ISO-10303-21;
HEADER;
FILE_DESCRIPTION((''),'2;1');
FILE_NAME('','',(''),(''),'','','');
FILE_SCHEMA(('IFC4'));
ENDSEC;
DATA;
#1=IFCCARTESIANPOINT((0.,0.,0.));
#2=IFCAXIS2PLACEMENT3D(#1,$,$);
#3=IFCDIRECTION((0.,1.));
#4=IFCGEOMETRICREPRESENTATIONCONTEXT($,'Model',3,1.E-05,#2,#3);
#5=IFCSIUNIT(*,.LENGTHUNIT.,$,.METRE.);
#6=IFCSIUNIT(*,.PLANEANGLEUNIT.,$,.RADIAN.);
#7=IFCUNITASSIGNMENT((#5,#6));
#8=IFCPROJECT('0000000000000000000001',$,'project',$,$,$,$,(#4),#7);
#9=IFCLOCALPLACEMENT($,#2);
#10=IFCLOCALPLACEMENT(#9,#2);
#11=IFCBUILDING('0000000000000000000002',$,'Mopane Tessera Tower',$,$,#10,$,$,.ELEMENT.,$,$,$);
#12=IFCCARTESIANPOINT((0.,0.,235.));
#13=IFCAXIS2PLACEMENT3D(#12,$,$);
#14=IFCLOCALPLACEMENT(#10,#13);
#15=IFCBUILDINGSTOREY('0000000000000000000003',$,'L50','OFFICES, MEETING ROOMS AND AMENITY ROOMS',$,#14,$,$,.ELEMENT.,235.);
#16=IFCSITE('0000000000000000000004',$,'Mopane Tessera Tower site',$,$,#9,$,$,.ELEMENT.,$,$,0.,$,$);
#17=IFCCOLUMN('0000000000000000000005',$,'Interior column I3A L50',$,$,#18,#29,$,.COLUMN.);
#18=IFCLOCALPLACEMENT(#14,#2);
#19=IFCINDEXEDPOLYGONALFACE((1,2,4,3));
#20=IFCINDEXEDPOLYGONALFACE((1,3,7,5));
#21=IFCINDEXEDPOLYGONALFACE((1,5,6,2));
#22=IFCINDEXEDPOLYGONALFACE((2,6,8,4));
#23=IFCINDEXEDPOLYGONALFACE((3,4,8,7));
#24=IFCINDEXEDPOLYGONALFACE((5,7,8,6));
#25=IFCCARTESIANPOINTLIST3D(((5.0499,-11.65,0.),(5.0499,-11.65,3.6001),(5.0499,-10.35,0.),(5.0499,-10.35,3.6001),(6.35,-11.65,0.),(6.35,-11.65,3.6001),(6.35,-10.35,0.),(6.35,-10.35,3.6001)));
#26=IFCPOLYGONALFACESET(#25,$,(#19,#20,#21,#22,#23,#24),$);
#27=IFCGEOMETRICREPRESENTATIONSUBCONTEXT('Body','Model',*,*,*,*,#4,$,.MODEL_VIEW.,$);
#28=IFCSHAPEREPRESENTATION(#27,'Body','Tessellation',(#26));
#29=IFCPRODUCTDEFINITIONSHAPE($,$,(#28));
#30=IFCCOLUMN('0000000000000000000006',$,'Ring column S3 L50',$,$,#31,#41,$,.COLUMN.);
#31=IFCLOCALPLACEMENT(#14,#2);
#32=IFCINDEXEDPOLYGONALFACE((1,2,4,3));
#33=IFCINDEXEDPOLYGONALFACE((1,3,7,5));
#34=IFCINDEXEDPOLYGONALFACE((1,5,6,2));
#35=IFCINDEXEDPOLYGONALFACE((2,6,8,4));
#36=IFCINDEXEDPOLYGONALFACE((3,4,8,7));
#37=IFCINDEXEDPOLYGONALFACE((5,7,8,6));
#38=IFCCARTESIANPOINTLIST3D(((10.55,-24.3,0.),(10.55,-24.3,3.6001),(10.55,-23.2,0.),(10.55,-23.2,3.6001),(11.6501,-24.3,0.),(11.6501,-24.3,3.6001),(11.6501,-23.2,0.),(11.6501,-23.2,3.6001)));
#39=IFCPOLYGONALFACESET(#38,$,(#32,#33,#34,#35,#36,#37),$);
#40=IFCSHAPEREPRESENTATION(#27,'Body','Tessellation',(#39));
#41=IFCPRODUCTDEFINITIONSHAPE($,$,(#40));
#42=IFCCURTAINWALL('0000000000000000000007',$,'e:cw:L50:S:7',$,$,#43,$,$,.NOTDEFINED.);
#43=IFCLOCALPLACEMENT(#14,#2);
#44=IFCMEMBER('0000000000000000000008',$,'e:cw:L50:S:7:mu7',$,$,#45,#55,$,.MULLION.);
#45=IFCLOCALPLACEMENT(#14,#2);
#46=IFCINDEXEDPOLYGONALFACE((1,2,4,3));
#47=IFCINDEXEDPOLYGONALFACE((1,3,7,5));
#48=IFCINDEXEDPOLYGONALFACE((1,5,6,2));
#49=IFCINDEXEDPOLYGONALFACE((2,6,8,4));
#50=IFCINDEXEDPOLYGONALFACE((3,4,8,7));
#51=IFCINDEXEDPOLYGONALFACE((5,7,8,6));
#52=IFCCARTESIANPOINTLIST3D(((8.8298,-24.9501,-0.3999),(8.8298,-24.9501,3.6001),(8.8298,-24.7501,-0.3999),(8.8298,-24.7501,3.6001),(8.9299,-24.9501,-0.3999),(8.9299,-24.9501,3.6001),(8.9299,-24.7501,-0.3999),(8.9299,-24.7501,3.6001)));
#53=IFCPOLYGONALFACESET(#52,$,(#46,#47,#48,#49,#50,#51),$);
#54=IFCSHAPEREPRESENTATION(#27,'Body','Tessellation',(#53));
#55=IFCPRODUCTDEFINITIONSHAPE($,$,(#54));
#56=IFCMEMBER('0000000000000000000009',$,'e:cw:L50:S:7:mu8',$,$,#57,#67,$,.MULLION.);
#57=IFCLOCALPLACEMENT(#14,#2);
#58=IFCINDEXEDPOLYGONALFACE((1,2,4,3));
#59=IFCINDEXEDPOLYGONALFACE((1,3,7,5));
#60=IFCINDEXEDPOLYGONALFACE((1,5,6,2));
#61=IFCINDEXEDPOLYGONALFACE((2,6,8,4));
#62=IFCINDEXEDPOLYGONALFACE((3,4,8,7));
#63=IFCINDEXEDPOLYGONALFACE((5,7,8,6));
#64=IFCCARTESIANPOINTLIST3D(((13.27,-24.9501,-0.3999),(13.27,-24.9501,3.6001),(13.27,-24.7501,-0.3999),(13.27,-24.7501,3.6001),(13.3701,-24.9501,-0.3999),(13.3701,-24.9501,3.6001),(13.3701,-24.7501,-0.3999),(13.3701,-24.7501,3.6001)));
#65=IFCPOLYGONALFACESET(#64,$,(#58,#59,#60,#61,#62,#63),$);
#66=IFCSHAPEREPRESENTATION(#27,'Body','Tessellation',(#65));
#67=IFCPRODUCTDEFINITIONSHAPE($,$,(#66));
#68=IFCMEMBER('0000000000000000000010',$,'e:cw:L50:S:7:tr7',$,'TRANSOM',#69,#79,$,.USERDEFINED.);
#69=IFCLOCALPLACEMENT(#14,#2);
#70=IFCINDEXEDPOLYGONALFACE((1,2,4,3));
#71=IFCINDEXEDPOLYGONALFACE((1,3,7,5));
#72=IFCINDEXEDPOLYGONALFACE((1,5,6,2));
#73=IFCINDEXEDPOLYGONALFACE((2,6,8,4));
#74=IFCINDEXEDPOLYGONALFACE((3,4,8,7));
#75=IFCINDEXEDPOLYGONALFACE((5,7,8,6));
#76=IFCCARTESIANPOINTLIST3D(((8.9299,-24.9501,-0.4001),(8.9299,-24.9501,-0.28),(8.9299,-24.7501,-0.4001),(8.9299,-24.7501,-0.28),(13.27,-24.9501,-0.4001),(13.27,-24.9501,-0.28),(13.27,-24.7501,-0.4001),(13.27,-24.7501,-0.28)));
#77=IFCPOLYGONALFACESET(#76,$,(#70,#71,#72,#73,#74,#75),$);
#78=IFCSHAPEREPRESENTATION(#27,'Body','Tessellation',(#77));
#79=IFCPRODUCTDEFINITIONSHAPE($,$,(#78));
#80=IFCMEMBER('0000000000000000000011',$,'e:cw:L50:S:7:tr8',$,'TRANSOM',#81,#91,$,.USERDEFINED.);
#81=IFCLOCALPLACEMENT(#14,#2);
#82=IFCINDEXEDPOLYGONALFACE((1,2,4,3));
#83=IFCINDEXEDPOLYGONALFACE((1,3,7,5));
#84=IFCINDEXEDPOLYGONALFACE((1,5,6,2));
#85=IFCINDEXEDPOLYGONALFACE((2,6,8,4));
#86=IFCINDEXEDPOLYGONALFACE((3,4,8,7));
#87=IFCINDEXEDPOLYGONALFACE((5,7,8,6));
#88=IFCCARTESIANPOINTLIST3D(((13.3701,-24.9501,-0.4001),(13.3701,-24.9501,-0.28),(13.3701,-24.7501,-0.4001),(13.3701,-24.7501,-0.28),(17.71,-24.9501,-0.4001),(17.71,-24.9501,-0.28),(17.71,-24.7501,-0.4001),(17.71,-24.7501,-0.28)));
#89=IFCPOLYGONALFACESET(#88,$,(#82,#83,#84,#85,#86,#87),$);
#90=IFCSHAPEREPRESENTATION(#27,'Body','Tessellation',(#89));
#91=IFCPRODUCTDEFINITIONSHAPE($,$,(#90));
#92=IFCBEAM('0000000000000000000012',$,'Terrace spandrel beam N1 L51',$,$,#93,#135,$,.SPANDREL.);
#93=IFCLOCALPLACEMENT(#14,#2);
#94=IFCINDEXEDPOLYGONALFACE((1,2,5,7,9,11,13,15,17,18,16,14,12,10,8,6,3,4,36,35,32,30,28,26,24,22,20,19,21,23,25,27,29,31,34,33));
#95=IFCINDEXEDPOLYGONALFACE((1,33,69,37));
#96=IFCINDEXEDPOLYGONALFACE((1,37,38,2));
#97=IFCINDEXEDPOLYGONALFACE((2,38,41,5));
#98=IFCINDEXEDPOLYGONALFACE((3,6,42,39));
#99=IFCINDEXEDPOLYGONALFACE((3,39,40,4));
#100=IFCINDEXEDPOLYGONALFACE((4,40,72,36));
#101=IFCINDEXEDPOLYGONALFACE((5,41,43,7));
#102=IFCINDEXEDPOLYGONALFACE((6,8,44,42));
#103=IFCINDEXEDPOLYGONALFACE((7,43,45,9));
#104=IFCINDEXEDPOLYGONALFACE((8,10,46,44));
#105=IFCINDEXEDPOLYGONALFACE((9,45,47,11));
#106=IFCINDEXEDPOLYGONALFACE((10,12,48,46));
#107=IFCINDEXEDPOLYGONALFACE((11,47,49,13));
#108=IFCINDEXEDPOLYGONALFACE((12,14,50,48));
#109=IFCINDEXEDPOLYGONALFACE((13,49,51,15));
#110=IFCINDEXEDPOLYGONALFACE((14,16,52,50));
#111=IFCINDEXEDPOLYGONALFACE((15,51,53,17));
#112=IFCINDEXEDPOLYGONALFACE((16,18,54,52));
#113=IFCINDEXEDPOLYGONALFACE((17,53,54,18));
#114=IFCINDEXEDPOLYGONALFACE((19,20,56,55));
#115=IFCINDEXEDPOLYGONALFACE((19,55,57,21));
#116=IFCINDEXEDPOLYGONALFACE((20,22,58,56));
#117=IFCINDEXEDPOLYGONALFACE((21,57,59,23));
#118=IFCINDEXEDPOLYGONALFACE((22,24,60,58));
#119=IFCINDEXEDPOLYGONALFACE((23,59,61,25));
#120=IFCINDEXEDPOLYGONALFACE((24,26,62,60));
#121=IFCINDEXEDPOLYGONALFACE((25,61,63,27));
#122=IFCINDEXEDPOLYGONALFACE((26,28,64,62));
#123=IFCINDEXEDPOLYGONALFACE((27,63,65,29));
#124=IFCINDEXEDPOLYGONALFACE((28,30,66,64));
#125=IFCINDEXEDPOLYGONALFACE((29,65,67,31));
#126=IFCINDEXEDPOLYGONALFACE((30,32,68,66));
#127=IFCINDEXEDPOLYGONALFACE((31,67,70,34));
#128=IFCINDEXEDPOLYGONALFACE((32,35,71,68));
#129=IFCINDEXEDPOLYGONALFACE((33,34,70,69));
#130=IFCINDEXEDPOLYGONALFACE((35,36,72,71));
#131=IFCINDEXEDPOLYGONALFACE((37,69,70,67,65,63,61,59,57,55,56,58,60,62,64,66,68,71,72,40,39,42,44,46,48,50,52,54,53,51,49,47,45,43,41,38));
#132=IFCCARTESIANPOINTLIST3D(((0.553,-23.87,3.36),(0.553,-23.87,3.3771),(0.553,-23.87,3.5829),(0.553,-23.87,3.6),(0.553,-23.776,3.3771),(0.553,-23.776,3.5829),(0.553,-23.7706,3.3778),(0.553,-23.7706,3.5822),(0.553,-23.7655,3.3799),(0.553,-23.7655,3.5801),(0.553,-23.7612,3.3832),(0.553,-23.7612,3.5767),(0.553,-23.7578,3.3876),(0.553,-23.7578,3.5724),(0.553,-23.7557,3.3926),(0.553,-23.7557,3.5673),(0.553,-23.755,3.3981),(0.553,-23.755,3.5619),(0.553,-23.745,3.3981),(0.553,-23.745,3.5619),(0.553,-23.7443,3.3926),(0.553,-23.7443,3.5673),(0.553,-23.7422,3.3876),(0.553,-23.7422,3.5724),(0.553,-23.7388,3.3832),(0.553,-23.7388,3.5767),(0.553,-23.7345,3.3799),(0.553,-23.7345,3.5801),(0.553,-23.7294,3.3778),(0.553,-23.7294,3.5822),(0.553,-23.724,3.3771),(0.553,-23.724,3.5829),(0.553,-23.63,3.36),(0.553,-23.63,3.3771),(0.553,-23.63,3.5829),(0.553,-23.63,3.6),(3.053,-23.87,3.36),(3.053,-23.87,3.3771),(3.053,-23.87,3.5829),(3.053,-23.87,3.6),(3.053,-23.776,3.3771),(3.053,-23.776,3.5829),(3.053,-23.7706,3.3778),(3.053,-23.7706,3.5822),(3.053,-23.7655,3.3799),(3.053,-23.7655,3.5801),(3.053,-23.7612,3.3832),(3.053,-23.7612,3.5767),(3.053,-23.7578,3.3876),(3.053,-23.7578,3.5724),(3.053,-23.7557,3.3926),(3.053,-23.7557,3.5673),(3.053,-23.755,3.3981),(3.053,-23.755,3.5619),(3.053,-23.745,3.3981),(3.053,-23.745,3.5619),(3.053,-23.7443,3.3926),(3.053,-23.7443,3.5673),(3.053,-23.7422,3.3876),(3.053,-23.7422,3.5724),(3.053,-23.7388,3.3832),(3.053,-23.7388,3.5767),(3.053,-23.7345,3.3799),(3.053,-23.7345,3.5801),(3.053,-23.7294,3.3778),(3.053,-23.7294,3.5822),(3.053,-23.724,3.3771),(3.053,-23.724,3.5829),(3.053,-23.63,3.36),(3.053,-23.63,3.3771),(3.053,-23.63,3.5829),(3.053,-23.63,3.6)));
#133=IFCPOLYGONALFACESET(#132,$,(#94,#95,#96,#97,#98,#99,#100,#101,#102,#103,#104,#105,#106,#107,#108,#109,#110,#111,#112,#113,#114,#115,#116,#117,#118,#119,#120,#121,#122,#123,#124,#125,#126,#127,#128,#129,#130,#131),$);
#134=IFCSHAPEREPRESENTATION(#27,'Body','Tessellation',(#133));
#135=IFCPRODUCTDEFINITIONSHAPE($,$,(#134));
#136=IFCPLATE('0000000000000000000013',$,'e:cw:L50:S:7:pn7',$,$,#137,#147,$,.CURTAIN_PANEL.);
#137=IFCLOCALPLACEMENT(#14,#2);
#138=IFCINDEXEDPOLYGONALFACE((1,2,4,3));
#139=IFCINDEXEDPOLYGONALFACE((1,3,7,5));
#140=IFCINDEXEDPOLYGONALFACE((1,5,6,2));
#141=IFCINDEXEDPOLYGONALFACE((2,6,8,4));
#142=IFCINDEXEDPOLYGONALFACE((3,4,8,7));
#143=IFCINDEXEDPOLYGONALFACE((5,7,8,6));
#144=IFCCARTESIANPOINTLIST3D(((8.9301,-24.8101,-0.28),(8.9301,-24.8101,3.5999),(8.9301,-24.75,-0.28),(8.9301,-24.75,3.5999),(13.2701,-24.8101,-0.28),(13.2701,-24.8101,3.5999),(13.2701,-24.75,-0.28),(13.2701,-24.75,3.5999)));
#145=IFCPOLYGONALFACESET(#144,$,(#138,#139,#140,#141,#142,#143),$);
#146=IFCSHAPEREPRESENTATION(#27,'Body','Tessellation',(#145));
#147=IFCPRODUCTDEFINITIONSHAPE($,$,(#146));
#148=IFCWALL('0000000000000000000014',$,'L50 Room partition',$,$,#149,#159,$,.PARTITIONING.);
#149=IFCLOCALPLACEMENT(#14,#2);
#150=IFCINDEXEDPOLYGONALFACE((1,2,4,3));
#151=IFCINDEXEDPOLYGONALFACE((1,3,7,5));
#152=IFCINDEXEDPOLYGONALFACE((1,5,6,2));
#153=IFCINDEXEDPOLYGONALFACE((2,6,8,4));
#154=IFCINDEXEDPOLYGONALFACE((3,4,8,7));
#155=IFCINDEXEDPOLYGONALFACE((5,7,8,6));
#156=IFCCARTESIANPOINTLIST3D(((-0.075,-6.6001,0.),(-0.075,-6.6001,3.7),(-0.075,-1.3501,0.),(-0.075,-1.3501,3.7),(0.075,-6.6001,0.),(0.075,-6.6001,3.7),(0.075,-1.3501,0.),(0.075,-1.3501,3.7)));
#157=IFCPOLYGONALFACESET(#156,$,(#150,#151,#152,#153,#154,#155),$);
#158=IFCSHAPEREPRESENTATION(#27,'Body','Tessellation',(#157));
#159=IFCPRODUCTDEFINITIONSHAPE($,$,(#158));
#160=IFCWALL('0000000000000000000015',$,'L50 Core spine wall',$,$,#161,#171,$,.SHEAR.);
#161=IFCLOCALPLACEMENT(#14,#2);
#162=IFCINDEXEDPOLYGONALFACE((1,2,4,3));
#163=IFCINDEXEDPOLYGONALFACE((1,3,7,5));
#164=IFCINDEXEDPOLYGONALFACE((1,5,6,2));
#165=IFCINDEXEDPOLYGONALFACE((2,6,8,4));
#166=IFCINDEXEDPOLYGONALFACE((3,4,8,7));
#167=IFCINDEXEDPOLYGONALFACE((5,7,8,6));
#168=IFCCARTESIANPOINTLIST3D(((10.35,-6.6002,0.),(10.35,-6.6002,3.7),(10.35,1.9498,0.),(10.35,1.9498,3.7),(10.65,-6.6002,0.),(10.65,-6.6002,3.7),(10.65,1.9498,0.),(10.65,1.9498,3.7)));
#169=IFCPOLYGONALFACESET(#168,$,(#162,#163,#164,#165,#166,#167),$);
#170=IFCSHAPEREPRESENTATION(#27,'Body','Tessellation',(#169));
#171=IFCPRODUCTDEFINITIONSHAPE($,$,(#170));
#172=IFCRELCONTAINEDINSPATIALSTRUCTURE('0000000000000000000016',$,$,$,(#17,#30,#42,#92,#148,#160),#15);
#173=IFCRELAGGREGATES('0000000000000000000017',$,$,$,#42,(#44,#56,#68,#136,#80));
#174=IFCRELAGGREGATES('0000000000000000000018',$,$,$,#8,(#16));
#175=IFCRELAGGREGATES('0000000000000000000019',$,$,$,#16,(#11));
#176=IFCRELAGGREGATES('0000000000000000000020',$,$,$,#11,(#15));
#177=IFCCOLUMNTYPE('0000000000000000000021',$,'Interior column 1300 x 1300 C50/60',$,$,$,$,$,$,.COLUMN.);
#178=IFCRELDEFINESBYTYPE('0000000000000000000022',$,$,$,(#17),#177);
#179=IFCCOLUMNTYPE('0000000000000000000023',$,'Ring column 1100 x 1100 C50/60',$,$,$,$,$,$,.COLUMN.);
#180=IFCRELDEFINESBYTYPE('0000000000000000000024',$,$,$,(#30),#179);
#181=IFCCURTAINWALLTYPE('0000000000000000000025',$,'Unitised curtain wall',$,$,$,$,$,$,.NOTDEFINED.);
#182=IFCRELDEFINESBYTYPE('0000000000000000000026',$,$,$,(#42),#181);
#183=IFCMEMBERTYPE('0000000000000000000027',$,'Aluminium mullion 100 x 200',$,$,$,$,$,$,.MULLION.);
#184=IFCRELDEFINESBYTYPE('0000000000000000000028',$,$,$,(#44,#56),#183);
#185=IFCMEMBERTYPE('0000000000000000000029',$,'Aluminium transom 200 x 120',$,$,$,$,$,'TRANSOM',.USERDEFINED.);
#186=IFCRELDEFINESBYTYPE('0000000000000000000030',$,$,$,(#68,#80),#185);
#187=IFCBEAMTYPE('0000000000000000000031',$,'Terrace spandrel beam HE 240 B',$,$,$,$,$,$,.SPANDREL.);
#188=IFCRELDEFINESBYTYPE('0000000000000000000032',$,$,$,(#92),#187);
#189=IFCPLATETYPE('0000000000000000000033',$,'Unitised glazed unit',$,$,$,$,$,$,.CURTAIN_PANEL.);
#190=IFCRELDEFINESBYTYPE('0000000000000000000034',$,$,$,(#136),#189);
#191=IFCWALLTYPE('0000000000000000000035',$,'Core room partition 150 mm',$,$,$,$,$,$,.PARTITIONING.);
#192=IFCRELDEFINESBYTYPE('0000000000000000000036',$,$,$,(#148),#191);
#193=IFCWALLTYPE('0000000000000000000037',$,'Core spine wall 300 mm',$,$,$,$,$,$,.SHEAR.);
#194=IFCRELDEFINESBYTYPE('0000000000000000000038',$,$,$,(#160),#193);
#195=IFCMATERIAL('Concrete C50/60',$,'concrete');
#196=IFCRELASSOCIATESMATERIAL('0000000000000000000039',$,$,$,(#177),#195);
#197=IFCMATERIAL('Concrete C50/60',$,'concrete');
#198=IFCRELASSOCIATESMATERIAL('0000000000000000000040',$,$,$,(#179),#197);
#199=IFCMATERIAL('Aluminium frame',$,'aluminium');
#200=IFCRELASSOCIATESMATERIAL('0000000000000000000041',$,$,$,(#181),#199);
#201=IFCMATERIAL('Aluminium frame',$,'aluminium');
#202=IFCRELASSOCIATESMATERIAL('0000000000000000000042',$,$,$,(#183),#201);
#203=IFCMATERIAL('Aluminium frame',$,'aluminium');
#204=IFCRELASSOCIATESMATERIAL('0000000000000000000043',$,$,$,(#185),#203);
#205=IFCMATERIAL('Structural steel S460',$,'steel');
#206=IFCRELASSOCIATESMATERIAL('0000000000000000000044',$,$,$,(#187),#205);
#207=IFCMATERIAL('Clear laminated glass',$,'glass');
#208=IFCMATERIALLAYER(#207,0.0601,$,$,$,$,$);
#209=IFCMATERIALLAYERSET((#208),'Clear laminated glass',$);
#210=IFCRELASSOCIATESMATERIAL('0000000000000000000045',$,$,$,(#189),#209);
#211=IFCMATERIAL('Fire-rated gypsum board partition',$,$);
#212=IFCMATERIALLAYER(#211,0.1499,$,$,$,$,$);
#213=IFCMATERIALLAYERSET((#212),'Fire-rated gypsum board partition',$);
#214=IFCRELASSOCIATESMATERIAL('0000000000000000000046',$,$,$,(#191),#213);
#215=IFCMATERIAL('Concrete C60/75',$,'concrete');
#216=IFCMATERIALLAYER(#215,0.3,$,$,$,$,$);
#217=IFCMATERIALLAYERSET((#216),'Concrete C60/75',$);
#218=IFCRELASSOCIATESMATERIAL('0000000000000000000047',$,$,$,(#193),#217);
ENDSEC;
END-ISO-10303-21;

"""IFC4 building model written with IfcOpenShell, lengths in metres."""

from ifc_helpers import new_model, si_unit, direction, frame, frame_2d, origin, origin_2d, place, context, subcontext, project, spatial, rectangle, i_section, extrude, material, layer, layer_set, material_profile, profile_set, type_object, element, aggregate, save


model = new_model("IFC4")

# Units and contexts
model_context = context("Model", 3, precision=1e-05, world=origin(), true_north=direction((0.0, 1.0)))
body_context = subcontext(model_context, "Body", "Model", "MODEL_VIEW")
ifc_project = project(units=[si_unit("LENGTHUNIT", "METRE"), si_unit("PLANEANGLEUNIT", "RADIAN")], contexts=[model_context])

# Site, building, storey
site_placement = place(None, origin())
site = spatial("IfcSite", under=ifc_project, at=site_placement, Name="Mopane Tessera Tower site", CompositionType="ELEMENT", RefElevation=0.0)
building_placement = place(site_placement, origin())
building = spatial("IfcBuilding", under=site, at=building_placement, Name="Mopane Tessera Tower", CompositionType="ELEMENT")
storey_placement = place(building_placement, frame((0.0, 0.0, 235.0)))
storey = spatial("IfcBuildingStorey", under=building, at=storey_placement, Name="L50", Description="OFFICES, MEETING ROOMS AND AMENITY ROOMS", CompositionType="ELEMENT", Elevation=235.0)

# Columns
ifc_material_1 = material(Name="Concrete C50/60", Category="concrete")
ifc_material_profile_1 = material_profile(ifc_material_1, rectangle(XDim=1.3, YDim=1.3, at=origin_2d()))
ifc_profile_set_1 = profile_set([ifc_material_profile_1], Name="Concrete C50/60")
column_type_1 = type_object("IfcColumnType", Name="Interior column 1300 x 1300 C50/60", PredefinedType="COLUMN", material=ifc_profile_set_1)
column_1_placement = place(storey_placement, frame((5.7, -11.0, 0.0), z_axis=(0.0, 0.0, 1.0), x_axis=(1.0, 0.0, 0.0)))
element("IfcColumn", 1, at=column_1_placement, inside=storey, type_object=column_type_1, Name="Interior column I3A L50", PredefinedType="COLUMN", context=body_context, shape_type="SweptSolid", body=[
    extrude(rectangle(XDim=1.3, YDim=1.3, at=origin_2d()), origin(), (0.0, 0.0, 1.0), 3.6001),
])
ifc_material_2 = material(Name="Concrete C50/60", Category="concrete")
ifc_material_profile_2 = material_profile(ifc_material_2, rectangle(XDim=1.1001, YDim=1.1001, at=origin_2d()))
ifc_profile_set_2 = profile_set([ifc_material_profile_2], Name="Concrete C50/60")
column_type_2 = type_object("IfcColumnType", Name="Ring column 1100 x 1100 C50/60", PredefinedType="COLUMN", material=ifc_profile_set_2)
column_2_placement = place(storey_placement, frame((11.1001, -23.75, 0.0), z_axis=(0.0, 0.0, 1.0), x_axis=(1.0, 0.0, 0.0)))
element("IfcColumn", 2, at=column_2_placement, inside=storey, type_object=column_type_2, Name="Ring column S3 L50", PredefinedType="COLUMN", context=body_context, shape_type="SweptSolid", body=[
    extrude(rectangle(XDim=1.1001, YDim=1.1001, at=origin_2d()), origin(), (0.0, 0.0, 1.0), 3.6001),
])

# Curtain wall, members
ifc_material_3 = material(Name="Aluminium frame", Category="aluminium")
curtain_wall_type = type_object("IfcCurtainWallType", Name="Unitised curtain wall", PredefinedType="NOTDEFINED", material=ifc_material_3)
curtain_wall_placement = place(storey_placement, origin())
curtain_wall = element("IfcCurtainWall", 3, at=curtain_wall_placement, inside=storey, type_object=curtain_wall_type, Name="e:cw:L50:S:7", PredefinedType="NOTDEFINED")
ifc_material_4 = material(Name="Aluminium frame", Category="aluminium")
ifc_material_profile_3 = material_profile(ifc_material_4, rectangle(XDim=0.1001, YDim=0.2, at=origin_2d()))
ifc_profile_set_3 = profile_set([ifc_material_profile_3], Name="Aluminium frame")
member_type_1 = type_object("IfcMemberType", Name="Aluminium mullion 100 x 200", PredefinedType="MULLION", material=ifc_profile_set_3)
member_1_placement = place(storey_placement, frame((8.8799, -24.8501, -0.3999), z_axis=(0.0, 0.0, 1.0), x_axis=(1.0, 0.0, 0.0)))
member_1 = element("IfcMember", 4, at=member_1_placement, type_object=member_type_1, Name="e:cw:L50:S:7:mu7", PredefinedType="MULLION", context=body_context, shape_type="SweptSolid", body=[
    extrude(rectangle(XDim=0.1001, YDim=0.2, at=origin_2d()), origin(), (0.0, 0.0, 1.0), 4.0),
])
member_2_placement = place(storey_placement, frame((13.3201, -24.8501, -0.3999), z_axis=(0.0, 0.0, 1.0), x_axis=(1.0, 0.0, 0.0)))
member_2 = element("IfcMember", 5, at=member_2_placement, type_object=member_type_1, Name="e:cw:L50:S:7:mu8", PredefinedType="MULLION", context=body_context, shape_type="SweptSolid", body=[
    extrude(rectangle(XDim=0.1001, YDim=0.2, at=origin_2d()), origin(), (0.0, 0.0, 1.0), 4.0),
])
ifc_material_5 = material(Name="Aluminium frame", Category="aluminium")
ifc_material_profile_4 = material_profile(ifc_material_5, rectangle(XDim=0.2, YDim=0.1201, at=origin_2d()))
ifc_profile_set_4 = profile_set([ifc_material_profile_4], Name="Aluminium frame")
member_type_2 = type_object("IfcMemberType", Name="Aluminium transom 200 x 120", ElementType="TRANSOM", PredefinedType="USERDEFINED", material=ifc_profile_set_4)
member_3_placement = place(storey_placement, frame((8.9299, -24.8501, -0.3401), z_axis=(1.0, 0.0, 0.0), x_axis=(0.0, 1.0, 0.0)))
member_3 = element("IfcMember", 6, at=member_3_placement, type_object=member_type_2, Name="e:cw:L50:S:7:tr7", ObjectType="TRANSOM", PredefinedType="USERDEFINED", context=body_context, shape_type="SweptSolid", body=[
    extrude(rectangle(XDim=0.2, YDim=0.1201, at=origin_2d()), origin(), (0.0, 0.0, 1.0), 4.3401),
])
member_4_placement = place(storey_placement, frame((13.3701, -24.8501, -0.3401), z_axis=(1.0, 0.0, 0.0), x_axis=(0.0, 1.0, 0.0)))
member_4 = element("IfcMember", 7, at=member_4_placement, type_object=member_type_2, Name="e:cw:L50:S:7:tr8", ObjectType="TRANSOM", PredefinedType="USERDEFINED", context=body_context, shape_type="SweptSolid", body=[
    extrude(rectangle(XDim=0.2, YDim=0.1201, at=origin_2d()), origin(), (0.0, 0.0, 1.0), 4.3398),
])

# Beam
ifc_material_6 = material(Name="Structural steel S460", Category="steel")
ifc_material_profile_5 = material_profile(ifc_material_6, i_section(OverallWidth=0.24, OverallDepth=0.24, WebThickness=0.01, FlangeThickness=0.0171, FilletRadius=0.021, at=origin_2d()))
ifc_profile_set_5 = profile_set([ifc_material_profile_5], Name="Structural steel S460")
beam_type = type_object("IfcBeamType", Name="Terrace spandrel beam HE 240 B", PredefinedType="SPANDREL", material=ifc_profile_set_5)
beam_placement = place(storey_placement, frame((0.553, -23.75, 3.48), z_axis=(1.0, 0.0, 0.0), x_axis=(0.0, 1.0, 0.0)))
element("IfcBeam", 8, at=beam_placement, inside=storey, type_object=beam_type, Name="Terrace spandrel beam N1 L51", PredefinedType="SPANDREL", context=body_context, shape_type="SweptSolid", body=[
    extrude(i_section(OverallWidth=0.24, OverallDepth=0.24, WebThickness=0.01, FlangeThickness=0.0171, FilletRadius=0.021, at=origin_2d()), origin(), (0.0, 0.0, 1.0), 2.5),
])

# Plate
ifc_material_7 = material(Name="Clear laminated glass", Category="glass")
ifc_layer_1 = layer(ifc_material_7, 0.0601)
ifc_layer_set_1 = layer_set([ifc_layer_1], Name="Clear laminated glass")
plate_type = type_object("IfcPlateType", Name="Unitised glazed unit", PredefinedType="CURTAIN_PANEL", material=ifc_layer_set_1)
plate_placement = place(storey_placement, frame((11.1001, -24.78, -0.28), z_axis=(0.0, 0.0, 1.0), x_axis=(1.0, 0.0, 0.0)))
plate = element("IfcPlate", 9, at=plate_placement, type_object=plate_type, Name="e:cw:L50:S:7:pn7", PredefinedType="CURTAIN_PANEL", context=body_context, shape_type="SweptSolid", body=[
    extrude(rectangle(XDim=4.3401, YDim=0.0601, at=origin_2d()), origin(), (0.0, 0.0, 1.0), 3.8799),
])
aggregate(curtain_wall, [member_1, member_2, member_3, plate, member_4])

# Walls
ifc_material_8 = material(Name="Fire-rated gypsum board partition")
ifc_layer_2 = layer(ifc_material_8, 0.1499)
ifc_layer_set_2 = layer_set([ifc_layer_2], Name="Fire-rated gypsum board partition")
wall_type_1 = type_object("IfcWallType", Name="Core room partition 150 mm", PredefinedType="PARTITIONING", material=ifc_layer_set_2)
wall_1_placement = place(storey_placement, frame((0.0, -6.6001, 0.0), z_axis=(0.0, 0.0, 1.0), x_axis=(0.0, 1.0, 0.0)))
element("IfcWall", 10, at=wall_1_placement, inside=storey, type_object=wall_type_1, Name="L50 Room partition", PredefinedType="PARTITIONING", context=body_context, shape_type="SweptSolid", body=[
    extrude(rectangle(XDim=5.25, YDim=0.1499, at=frame_2d((2.625, 0.0))), origin(), (0.0, 0.0, 1.0), 3.7),
])
ifc_material_9 = material(Name="Concrete C60/75", Category="concrete")
ifc_layer_3 = layer(ifc_material_9, 0.3)
ifc_layer_set_3 = layer_set([ifc_layer_3], Name="Concrete C60/75")
wall_type_2 = type_object("IfcWallType", Name="Core spine wall 300 mm", PredefinedType="SHEAR", material=ifc_layer_set_3)
wall_2_placement = place(storey_placement, frame((10.5, -6.6001, 0.0), z_axis=(0.0, 0.0, 1.0), x_axis=(0.0, 1.0, 0.0)))
element("IfcWall", 11, at=wall_2_placement, inside=storey, type_object=wall_type_2, Name="L50 Core spine wall", PredefinedType="SHEAR", context=body_context, shape_type="SweptSolid", body=[
    extrude(rectangle(XDim=8.55, YDim=0.3, at=frame_2d((4.2749, 0.0))), origin(), (0.0, 0.0, 1.0), 3.7),
])

save(model, "model.ifc")
